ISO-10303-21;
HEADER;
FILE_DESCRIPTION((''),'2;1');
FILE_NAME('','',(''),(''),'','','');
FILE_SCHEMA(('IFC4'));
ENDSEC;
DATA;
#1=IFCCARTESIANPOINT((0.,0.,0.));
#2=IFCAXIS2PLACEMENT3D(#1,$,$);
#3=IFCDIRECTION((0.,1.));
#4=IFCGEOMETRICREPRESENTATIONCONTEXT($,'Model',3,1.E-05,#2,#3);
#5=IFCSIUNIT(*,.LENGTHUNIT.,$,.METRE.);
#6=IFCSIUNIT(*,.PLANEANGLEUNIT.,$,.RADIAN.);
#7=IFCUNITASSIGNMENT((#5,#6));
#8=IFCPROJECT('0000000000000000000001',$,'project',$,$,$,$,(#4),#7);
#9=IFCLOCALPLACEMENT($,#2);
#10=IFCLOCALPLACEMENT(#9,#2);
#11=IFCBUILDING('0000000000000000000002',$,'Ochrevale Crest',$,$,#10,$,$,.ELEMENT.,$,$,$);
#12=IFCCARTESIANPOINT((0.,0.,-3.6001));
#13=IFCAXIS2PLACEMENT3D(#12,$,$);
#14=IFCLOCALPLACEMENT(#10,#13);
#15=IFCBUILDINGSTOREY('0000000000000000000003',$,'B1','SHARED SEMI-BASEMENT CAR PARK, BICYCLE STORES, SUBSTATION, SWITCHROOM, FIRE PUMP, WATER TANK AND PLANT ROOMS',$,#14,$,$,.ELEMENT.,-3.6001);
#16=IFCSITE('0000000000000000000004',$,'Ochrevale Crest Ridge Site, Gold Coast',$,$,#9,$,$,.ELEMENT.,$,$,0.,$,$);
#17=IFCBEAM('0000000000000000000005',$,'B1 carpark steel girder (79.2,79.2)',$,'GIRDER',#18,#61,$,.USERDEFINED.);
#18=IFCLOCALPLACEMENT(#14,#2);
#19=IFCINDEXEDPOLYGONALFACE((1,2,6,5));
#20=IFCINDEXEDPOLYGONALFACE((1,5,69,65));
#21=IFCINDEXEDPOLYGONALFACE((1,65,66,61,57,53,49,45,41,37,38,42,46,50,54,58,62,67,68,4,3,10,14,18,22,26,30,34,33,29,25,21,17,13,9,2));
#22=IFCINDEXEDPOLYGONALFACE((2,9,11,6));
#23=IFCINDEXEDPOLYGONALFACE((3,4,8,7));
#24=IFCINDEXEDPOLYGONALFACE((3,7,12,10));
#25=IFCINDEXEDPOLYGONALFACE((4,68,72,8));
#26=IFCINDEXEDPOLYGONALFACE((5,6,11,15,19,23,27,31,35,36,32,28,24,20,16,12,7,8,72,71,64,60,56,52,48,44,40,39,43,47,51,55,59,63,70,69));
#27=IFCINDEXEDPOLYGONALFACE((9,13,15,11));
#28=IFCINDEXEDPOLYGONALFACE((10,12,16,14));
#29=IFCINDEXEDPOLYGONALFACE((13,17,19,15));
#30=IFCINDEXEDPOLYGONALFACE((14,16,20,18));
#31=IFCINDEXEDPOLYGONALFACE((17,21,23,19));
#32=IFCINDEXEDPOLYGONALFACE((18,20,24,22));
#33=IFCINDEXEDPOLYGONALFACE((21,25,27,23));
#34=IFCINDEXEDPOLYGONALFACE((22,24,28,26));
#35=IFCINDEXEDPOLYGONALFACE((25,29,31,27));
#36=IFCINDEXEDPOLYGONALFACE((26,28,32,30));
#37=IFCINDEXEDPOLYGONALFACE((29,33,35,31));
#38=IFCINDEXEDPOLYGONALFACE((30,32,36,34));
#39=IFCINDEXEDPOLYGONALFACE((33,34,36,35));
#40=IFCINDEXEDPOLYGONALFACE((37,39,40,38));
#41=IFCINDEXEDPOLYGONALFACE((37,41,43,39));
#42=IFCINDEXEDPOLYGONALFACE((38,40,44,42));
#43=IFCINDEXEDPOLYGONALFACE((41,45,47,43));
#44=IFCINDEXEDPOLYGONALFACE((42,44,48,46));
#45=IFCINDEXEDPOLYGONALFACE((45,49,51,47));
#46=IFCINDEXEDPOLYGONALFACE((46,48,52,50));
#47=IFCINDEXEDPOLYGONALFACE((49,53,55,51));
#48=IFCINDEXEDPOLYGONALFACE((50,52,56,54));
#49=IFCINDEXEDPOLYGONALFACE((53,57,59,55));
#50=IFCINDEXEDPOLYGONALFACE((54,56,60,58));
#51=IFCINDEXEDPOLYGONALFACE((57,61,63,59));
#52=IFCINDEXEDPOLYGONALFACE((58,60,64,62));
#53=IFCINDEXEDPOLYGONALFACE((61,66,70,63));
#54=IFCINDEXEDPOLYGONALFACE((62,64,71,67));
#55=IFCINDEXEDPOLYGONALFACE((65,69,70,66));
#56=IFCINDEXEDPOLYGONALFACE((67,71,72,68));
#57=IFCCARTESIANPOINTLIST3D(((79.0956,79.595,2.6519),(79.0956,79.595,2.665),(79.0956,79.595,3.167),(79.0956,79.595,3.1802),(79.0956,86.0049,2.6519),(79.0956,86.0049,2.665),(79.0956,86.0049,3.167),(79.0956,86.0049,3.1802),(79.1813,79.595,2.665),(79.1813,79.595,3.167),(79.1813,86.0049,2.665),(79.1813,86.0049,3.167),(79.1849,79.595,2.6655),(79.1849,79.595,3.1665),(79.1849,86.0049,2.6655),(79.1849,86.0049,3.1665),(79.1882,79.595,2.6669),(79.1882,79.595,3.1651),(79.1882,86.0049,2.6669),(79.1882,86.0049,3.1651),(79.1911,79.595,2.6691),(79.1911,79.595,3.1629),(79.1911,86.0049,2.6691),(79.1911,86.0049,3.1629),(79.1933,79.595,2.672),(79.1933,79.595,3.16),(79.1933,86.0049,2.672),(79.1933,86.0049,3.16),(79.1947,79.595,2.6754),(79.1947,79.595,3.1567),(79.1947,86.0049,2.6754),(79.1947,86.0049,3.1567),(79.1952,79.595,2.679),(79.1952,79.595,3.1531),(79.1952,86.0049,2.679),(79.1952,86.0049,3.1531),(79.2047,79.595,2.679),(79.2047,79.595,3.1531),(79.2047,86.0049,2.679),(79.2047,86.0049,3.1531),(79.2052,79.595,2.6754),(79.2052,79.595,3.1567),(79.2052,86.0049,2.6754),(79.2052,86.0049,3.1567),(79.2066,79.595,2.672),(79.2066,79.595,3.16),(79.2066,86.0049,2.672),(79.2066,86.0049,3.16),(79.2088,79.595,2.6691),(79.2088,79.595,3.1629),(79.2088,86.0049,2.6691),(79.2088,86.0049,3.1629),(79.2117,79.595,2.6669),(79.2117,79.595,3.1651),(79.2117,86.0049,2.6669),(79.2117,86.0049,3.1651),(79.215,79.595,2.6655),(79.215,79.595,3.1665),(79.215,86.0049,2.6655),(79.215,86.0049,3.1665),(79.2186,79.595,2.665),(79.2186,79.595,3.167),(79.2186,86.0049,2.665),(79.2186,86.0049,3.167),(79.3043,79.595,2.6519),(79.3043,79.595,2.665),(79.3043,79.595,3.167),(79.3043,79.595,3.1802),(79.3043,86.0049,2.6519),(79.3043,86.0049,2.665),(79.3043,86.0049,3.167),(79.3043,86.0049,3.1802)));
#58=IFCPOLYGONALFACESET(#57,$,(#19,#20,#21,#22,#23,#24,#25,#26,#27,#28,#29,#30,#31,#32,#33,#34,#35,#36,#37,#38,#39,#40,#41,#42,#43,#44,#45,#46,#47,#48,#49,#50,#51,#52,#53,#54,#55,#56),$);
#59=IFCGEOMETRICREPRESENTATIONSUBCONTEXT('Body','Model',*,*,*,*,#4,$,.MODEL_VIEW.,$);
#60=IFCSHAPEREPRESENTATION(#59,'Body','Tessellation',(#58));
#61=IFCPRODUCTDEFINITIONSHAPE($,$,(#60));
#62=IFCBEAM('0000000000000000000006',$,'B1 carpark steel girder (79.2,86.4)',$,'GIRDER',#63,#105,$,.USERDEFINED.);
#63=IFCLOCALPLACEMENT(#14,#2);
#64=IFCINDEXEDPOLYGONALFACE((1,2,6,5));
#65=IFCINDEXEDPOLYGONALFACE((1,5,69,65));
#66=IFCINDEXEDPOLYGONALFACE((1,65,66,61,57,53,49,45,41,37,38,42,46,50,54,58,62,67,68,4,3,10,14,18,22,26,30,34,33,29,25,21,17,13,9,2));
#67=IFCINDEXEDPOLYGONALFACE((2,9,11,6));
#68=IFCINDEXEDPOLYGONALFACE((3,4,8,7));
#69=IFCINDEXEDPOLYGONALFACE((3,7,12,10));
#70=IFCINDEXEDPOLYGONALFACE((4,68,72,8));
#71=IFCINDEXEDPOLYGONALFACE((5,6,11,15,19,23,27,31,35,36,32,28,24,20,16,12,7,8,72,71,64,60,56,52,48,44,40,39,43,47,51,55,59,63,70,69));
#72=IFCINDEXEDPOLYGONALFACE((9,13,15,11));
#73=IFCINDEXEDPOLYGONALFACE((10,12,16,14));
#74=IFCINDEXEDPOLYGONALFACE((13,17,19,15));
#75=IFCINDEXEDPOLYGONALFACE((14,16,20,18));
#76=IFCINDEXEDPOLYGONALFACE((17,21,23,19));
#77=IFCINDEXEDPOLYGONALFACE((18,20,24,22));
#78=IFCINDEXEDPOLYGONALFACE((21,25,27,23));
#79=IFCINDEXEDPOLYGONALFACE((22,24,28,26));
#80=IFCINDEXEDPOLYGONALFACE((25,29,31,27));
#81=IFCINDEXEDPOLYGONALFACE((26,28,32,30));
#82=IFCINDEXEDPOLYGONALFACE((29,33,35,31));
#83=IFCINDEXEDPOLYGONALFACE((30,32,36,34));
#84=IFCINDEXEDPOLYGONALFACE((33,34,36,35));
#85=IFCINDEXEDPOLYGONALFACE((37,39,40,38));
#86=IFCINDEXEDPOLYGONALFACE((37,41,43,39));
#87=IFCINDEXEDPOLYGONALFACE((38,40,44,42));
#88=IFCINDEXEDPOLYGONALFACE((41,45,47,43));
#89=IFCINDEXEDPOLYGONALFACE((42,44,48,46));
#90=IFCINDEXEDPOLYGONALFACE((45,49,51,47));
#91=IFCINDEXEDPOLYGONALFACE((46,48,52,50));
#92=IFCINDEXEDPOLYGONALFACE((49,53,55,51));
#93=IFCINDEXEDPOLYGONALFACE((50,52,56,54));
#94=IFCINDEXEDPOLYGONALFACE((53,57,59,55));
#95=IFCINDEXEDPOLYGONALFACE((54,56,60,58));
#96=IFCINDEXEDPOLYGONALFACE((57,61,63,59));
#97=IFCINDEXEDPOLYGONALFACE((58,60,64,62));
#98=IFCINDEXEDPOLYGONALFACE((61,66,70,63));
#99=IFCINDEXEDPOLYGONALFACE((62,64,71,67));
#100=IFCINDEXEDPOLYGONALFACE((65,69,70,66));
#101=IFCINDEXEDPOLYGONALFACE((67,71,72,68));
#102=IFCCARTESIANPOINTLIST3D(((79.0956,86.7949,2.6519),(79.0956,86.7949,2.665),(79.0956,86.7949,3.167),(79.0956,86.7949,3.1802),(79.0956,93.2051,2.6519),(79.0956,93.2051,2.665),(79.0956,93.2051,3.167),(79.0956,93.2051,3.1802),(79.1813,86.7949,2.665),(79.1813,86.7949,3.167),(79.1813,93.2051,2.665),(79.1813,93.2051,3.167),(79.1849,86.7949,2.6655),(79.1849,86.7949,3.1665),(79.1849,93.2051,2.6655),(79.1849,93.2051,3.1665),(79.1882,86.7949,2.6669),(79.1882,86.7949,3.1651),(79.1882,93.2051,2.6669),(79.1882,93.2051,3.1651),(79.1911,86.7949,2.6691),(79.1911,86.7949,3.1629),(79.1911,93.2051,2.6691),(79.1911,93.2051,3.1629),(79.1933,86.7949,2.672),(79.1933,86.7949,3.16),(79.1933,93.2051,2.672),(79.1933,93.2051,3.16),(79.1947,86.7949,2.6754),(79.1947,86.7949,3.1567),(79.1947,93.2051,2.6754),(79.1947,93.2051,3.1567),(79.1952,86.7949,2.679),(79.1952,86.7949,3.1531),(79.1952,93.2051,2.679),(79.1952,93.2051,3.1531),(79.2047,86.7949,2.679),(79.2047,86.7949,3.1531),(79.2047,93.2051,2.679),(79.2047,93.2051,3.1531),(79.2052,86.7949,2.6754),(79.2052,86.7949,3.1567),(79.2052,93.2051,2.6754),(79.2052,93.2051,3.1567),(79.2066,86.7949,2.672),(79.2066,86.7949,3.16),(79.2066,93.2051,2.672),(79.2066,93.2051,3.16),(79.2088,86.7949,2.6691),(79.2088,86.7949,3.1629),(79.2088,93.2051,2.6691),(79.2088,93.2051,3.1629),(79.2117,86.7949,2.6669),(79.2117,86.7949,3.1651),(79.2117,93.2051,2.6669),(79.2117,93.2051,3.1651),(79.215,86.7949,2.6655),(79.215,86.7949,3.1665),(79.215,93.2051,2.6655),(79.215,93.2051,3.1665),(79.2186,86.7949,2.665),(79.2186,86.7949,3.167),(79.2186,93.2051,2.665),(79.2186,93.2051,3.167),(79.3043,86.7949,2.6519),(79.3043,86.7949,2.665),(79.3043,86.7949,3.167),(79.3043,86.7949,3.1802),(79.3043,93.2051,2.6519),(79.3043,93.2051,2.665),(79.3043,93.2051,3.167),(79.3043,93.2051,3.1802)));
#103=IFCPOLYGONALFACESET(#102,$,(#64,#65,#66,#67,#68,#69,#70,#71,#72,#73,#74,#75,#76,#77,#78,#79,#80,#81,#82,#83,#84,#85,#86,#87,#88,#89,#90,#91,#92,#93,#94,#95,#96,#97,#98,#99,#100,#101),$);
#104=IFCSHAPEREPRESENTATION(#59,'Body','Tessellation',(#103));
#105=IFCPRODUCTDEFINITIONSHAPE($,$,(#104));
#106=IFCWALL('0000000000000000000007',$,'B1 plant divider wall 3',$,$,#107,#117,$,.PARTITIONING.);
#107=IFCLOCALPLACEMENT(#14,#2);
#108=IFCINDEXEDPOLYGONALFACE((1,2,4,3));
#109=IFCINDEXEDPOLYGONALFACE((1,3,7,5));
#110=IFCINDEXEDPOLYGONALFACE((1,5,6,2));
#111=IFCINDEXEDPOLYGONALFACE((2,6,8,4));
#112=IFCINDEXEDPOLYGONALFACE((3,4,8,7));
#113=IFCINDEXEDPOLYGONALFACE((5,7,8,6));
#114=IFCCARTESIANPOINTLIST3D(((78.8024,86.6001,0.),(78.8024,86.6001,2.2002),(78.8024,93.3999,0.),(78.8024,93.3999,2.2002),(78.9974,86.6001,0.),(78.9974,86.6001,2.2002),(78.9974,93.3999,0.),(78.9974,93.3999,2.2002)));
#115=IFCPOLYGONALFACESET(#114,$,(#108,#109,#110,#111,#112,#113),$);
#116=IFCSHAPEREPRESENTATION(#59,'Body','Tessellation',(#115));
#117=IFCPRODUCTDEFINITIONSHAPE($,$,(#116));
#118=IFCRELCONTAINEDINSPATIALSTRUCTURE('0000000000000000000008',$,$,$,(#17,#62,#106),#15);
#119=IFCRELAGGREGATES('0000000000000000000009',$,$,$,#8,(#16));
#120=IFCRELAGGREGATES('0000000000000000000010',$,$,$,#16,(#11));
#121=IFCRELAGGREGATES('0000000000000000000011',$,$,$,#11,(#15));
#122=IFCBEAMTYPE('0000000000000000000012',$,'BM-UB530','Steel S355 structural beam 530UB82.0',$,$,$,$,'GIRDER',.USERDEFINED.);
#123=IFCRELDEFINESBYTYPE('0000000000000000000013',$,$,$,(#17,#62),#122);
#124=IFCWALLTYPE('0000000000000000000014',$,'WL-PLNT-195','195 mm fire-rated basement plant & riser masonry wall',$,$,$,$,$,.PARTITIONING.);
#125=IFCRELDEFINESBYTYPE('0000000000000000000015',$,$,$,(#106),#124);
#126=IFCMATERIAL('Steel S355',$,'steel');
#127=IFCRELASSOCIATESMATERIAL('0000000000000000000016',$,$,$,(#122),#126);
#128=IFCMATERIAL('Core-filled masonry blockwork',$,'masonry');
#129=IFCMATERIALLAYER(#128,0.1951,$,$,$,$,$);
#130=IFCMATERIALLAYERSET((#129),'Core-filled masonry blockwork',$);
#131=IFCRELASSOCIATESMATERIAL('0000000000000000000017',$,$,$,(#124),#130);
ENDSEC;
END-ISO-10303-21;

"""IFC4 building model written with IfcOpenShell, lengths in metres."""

from ifc_helpers import new_model, si_unit, direction, frame, frame_2d, origin, origin_2d, place, context, subcontext, project, spatial, rectangle, i_section, extrude, material, layer, layer_set, material_profile, profile_set, type_object, element, save


model = new_model("IFC4")

# Units and contexts
model_context = context("Model", 3, precision=1e-05, world=origin(), true_north=direction((0.0, 1.0)))
body_context = subcontext(model_context, "Body", "Model", "MODEL_VIEW")
ifc_project = project(units=[si_unit("LENGTHUNIT", "METRE"), si_unit("PLANEANGLEUNIT", "RADIAN")], contexts=[model_context])

# Site, building, storey
site_placement = place(None, origin())
site = spatial("IfcSite", under=ifc_project, at=site_placement, Name="Ochrevale Crest Ridge Site, Gold Coast", CompositionType="ELEMENT", RefElevation=0.0)
building_placement = place(site_placement, origin())
building = spatial("IfcBuilding", under=site, at=building_placement, Name="Ochrevale Crest", CompositionType="ELEMENT")
storey_placement = place(building_placement, frame((0.0, 0.0, -3.6001)))
storey = spatial("IfcBuildingStorey", under=building, at=storey_placement, Name="B1", Description="SHARED SEMI-BASEMENT CAR PARK, BICYCLE STORES, SUBSTATION, SWITCHROOM, FIRE PUMP, WATER TANK AND PLANT ROOMS", CompositionType="ELEMENT", Elevation=-3.6001)

# Beams
ifc_material_1 = material(Name="Steel S355", Category="steel")
ifc_material_profile_1 = material_profile(ifc_material_1, i_section(OverallWidth=0.2087, OverallDepth=0.5283, WebThickness=0.0095, FlangeThickness=0.0132, FilletRadius=0.0139, at=origin_2d()), Name="530UB82.0")
ifc_profile_set_1 = profile_set([ifc_material_profile_1], Name="Steel S355")
beam_type_1 = type_object("IfcBeamType", Name="BM-UB530", Description="Steel S355 structural beam 530UB82.0", ElementType="GIRDER", PredefinedType="USERDEFINED", material=ifc_profile_set_1)
beam_1_placement = place(storey_placement, frame((79.2, 79.595, 2.916), z_axis=(0.0, 1.0, 0.0), x_axis=(-1.0, 0.0, 0.0)))
element("IfcBeam", 1, at=beam_1_placement, inside=storey, type_object=beam_type_1, Name="B1 carpark steel girder (79.2,79.2)", ObjectType="GIRDER", PredefinedType="USERDEFINED", context=body_context, shape_type="SweptSolid", body=[
    extrude(i_section(OverallWidth=0.2087, OverallDepth=0.5283, WebThickness=0.0095, FlangeThickness=0.0132, FilletRadius=0.0139, at=origin_2d()), origin(), (0.0, 0.0, 1.0), 6.4099),
])
beam_2_placement = place(storey_placement, frame((79.2, 86.7949, 2.916), z_axis=(0.0, 1.0, 0.0), x_axis=(-1.0, 0.0, 0.0)))
element("IfcBeam", 2, at=beam_2_placement, inside=storey, type_object=beam_type_1, Name="B1 carpark steel girder (79.2,86.4)", ObjectType="GIRDER", PredefinedType="USERDEFINED", context=body_context, shape_type="SweptSolid", body=[
    extrude(i_section(OverallWidth=0.2087, OverallDepth=0.5283, WebThickness=0.0095, FlangeThickness=0.0132, FilletRadius=0.0139, at=origin_2d()), origin(), (0.0, 0.0, 1.0), 6.4102),
])

# Shared definitions
ifc_material_2 = material(Name="Core-filled masonry blockwork", Category="masonry")
ifc_layer = layer(ifc_material_2, 0.1951)
ifc_layer_set = layer_set([ifc_layer], Name="Core-filled masonry blockwork")
wall_type = type_object("IfcWallType", Name="WL-PLNT-195", Description="195 mm fire-rated basement plant & riser masonry wall", PredefinedType="PARTITIONING", material=ifc_layer_set)

# Wall
wall_1_placement = place(storey_placement, frame((78.8999, 86.6001, 0.0), z_axis=(0.0, 0.0, 1.0), x_axis=(0.0, 1.0, 0.0)))
element("IfcWall", 3, at=wall_1_placement, inside=storey, type_object=wall_type, Name="B1 plant divider wall 3", PredefinedType="PARTITIONING", context=body_context, shape_type="SweptSolid", body=[
    extrude(rectangle(XDim=6.7998, YDim=0.1951, at=frame_2d((3.3999, 0.0))), origin(), (0.0, 0.0, 1.0), 2.2002),
])

save(model, "model.ifc")
